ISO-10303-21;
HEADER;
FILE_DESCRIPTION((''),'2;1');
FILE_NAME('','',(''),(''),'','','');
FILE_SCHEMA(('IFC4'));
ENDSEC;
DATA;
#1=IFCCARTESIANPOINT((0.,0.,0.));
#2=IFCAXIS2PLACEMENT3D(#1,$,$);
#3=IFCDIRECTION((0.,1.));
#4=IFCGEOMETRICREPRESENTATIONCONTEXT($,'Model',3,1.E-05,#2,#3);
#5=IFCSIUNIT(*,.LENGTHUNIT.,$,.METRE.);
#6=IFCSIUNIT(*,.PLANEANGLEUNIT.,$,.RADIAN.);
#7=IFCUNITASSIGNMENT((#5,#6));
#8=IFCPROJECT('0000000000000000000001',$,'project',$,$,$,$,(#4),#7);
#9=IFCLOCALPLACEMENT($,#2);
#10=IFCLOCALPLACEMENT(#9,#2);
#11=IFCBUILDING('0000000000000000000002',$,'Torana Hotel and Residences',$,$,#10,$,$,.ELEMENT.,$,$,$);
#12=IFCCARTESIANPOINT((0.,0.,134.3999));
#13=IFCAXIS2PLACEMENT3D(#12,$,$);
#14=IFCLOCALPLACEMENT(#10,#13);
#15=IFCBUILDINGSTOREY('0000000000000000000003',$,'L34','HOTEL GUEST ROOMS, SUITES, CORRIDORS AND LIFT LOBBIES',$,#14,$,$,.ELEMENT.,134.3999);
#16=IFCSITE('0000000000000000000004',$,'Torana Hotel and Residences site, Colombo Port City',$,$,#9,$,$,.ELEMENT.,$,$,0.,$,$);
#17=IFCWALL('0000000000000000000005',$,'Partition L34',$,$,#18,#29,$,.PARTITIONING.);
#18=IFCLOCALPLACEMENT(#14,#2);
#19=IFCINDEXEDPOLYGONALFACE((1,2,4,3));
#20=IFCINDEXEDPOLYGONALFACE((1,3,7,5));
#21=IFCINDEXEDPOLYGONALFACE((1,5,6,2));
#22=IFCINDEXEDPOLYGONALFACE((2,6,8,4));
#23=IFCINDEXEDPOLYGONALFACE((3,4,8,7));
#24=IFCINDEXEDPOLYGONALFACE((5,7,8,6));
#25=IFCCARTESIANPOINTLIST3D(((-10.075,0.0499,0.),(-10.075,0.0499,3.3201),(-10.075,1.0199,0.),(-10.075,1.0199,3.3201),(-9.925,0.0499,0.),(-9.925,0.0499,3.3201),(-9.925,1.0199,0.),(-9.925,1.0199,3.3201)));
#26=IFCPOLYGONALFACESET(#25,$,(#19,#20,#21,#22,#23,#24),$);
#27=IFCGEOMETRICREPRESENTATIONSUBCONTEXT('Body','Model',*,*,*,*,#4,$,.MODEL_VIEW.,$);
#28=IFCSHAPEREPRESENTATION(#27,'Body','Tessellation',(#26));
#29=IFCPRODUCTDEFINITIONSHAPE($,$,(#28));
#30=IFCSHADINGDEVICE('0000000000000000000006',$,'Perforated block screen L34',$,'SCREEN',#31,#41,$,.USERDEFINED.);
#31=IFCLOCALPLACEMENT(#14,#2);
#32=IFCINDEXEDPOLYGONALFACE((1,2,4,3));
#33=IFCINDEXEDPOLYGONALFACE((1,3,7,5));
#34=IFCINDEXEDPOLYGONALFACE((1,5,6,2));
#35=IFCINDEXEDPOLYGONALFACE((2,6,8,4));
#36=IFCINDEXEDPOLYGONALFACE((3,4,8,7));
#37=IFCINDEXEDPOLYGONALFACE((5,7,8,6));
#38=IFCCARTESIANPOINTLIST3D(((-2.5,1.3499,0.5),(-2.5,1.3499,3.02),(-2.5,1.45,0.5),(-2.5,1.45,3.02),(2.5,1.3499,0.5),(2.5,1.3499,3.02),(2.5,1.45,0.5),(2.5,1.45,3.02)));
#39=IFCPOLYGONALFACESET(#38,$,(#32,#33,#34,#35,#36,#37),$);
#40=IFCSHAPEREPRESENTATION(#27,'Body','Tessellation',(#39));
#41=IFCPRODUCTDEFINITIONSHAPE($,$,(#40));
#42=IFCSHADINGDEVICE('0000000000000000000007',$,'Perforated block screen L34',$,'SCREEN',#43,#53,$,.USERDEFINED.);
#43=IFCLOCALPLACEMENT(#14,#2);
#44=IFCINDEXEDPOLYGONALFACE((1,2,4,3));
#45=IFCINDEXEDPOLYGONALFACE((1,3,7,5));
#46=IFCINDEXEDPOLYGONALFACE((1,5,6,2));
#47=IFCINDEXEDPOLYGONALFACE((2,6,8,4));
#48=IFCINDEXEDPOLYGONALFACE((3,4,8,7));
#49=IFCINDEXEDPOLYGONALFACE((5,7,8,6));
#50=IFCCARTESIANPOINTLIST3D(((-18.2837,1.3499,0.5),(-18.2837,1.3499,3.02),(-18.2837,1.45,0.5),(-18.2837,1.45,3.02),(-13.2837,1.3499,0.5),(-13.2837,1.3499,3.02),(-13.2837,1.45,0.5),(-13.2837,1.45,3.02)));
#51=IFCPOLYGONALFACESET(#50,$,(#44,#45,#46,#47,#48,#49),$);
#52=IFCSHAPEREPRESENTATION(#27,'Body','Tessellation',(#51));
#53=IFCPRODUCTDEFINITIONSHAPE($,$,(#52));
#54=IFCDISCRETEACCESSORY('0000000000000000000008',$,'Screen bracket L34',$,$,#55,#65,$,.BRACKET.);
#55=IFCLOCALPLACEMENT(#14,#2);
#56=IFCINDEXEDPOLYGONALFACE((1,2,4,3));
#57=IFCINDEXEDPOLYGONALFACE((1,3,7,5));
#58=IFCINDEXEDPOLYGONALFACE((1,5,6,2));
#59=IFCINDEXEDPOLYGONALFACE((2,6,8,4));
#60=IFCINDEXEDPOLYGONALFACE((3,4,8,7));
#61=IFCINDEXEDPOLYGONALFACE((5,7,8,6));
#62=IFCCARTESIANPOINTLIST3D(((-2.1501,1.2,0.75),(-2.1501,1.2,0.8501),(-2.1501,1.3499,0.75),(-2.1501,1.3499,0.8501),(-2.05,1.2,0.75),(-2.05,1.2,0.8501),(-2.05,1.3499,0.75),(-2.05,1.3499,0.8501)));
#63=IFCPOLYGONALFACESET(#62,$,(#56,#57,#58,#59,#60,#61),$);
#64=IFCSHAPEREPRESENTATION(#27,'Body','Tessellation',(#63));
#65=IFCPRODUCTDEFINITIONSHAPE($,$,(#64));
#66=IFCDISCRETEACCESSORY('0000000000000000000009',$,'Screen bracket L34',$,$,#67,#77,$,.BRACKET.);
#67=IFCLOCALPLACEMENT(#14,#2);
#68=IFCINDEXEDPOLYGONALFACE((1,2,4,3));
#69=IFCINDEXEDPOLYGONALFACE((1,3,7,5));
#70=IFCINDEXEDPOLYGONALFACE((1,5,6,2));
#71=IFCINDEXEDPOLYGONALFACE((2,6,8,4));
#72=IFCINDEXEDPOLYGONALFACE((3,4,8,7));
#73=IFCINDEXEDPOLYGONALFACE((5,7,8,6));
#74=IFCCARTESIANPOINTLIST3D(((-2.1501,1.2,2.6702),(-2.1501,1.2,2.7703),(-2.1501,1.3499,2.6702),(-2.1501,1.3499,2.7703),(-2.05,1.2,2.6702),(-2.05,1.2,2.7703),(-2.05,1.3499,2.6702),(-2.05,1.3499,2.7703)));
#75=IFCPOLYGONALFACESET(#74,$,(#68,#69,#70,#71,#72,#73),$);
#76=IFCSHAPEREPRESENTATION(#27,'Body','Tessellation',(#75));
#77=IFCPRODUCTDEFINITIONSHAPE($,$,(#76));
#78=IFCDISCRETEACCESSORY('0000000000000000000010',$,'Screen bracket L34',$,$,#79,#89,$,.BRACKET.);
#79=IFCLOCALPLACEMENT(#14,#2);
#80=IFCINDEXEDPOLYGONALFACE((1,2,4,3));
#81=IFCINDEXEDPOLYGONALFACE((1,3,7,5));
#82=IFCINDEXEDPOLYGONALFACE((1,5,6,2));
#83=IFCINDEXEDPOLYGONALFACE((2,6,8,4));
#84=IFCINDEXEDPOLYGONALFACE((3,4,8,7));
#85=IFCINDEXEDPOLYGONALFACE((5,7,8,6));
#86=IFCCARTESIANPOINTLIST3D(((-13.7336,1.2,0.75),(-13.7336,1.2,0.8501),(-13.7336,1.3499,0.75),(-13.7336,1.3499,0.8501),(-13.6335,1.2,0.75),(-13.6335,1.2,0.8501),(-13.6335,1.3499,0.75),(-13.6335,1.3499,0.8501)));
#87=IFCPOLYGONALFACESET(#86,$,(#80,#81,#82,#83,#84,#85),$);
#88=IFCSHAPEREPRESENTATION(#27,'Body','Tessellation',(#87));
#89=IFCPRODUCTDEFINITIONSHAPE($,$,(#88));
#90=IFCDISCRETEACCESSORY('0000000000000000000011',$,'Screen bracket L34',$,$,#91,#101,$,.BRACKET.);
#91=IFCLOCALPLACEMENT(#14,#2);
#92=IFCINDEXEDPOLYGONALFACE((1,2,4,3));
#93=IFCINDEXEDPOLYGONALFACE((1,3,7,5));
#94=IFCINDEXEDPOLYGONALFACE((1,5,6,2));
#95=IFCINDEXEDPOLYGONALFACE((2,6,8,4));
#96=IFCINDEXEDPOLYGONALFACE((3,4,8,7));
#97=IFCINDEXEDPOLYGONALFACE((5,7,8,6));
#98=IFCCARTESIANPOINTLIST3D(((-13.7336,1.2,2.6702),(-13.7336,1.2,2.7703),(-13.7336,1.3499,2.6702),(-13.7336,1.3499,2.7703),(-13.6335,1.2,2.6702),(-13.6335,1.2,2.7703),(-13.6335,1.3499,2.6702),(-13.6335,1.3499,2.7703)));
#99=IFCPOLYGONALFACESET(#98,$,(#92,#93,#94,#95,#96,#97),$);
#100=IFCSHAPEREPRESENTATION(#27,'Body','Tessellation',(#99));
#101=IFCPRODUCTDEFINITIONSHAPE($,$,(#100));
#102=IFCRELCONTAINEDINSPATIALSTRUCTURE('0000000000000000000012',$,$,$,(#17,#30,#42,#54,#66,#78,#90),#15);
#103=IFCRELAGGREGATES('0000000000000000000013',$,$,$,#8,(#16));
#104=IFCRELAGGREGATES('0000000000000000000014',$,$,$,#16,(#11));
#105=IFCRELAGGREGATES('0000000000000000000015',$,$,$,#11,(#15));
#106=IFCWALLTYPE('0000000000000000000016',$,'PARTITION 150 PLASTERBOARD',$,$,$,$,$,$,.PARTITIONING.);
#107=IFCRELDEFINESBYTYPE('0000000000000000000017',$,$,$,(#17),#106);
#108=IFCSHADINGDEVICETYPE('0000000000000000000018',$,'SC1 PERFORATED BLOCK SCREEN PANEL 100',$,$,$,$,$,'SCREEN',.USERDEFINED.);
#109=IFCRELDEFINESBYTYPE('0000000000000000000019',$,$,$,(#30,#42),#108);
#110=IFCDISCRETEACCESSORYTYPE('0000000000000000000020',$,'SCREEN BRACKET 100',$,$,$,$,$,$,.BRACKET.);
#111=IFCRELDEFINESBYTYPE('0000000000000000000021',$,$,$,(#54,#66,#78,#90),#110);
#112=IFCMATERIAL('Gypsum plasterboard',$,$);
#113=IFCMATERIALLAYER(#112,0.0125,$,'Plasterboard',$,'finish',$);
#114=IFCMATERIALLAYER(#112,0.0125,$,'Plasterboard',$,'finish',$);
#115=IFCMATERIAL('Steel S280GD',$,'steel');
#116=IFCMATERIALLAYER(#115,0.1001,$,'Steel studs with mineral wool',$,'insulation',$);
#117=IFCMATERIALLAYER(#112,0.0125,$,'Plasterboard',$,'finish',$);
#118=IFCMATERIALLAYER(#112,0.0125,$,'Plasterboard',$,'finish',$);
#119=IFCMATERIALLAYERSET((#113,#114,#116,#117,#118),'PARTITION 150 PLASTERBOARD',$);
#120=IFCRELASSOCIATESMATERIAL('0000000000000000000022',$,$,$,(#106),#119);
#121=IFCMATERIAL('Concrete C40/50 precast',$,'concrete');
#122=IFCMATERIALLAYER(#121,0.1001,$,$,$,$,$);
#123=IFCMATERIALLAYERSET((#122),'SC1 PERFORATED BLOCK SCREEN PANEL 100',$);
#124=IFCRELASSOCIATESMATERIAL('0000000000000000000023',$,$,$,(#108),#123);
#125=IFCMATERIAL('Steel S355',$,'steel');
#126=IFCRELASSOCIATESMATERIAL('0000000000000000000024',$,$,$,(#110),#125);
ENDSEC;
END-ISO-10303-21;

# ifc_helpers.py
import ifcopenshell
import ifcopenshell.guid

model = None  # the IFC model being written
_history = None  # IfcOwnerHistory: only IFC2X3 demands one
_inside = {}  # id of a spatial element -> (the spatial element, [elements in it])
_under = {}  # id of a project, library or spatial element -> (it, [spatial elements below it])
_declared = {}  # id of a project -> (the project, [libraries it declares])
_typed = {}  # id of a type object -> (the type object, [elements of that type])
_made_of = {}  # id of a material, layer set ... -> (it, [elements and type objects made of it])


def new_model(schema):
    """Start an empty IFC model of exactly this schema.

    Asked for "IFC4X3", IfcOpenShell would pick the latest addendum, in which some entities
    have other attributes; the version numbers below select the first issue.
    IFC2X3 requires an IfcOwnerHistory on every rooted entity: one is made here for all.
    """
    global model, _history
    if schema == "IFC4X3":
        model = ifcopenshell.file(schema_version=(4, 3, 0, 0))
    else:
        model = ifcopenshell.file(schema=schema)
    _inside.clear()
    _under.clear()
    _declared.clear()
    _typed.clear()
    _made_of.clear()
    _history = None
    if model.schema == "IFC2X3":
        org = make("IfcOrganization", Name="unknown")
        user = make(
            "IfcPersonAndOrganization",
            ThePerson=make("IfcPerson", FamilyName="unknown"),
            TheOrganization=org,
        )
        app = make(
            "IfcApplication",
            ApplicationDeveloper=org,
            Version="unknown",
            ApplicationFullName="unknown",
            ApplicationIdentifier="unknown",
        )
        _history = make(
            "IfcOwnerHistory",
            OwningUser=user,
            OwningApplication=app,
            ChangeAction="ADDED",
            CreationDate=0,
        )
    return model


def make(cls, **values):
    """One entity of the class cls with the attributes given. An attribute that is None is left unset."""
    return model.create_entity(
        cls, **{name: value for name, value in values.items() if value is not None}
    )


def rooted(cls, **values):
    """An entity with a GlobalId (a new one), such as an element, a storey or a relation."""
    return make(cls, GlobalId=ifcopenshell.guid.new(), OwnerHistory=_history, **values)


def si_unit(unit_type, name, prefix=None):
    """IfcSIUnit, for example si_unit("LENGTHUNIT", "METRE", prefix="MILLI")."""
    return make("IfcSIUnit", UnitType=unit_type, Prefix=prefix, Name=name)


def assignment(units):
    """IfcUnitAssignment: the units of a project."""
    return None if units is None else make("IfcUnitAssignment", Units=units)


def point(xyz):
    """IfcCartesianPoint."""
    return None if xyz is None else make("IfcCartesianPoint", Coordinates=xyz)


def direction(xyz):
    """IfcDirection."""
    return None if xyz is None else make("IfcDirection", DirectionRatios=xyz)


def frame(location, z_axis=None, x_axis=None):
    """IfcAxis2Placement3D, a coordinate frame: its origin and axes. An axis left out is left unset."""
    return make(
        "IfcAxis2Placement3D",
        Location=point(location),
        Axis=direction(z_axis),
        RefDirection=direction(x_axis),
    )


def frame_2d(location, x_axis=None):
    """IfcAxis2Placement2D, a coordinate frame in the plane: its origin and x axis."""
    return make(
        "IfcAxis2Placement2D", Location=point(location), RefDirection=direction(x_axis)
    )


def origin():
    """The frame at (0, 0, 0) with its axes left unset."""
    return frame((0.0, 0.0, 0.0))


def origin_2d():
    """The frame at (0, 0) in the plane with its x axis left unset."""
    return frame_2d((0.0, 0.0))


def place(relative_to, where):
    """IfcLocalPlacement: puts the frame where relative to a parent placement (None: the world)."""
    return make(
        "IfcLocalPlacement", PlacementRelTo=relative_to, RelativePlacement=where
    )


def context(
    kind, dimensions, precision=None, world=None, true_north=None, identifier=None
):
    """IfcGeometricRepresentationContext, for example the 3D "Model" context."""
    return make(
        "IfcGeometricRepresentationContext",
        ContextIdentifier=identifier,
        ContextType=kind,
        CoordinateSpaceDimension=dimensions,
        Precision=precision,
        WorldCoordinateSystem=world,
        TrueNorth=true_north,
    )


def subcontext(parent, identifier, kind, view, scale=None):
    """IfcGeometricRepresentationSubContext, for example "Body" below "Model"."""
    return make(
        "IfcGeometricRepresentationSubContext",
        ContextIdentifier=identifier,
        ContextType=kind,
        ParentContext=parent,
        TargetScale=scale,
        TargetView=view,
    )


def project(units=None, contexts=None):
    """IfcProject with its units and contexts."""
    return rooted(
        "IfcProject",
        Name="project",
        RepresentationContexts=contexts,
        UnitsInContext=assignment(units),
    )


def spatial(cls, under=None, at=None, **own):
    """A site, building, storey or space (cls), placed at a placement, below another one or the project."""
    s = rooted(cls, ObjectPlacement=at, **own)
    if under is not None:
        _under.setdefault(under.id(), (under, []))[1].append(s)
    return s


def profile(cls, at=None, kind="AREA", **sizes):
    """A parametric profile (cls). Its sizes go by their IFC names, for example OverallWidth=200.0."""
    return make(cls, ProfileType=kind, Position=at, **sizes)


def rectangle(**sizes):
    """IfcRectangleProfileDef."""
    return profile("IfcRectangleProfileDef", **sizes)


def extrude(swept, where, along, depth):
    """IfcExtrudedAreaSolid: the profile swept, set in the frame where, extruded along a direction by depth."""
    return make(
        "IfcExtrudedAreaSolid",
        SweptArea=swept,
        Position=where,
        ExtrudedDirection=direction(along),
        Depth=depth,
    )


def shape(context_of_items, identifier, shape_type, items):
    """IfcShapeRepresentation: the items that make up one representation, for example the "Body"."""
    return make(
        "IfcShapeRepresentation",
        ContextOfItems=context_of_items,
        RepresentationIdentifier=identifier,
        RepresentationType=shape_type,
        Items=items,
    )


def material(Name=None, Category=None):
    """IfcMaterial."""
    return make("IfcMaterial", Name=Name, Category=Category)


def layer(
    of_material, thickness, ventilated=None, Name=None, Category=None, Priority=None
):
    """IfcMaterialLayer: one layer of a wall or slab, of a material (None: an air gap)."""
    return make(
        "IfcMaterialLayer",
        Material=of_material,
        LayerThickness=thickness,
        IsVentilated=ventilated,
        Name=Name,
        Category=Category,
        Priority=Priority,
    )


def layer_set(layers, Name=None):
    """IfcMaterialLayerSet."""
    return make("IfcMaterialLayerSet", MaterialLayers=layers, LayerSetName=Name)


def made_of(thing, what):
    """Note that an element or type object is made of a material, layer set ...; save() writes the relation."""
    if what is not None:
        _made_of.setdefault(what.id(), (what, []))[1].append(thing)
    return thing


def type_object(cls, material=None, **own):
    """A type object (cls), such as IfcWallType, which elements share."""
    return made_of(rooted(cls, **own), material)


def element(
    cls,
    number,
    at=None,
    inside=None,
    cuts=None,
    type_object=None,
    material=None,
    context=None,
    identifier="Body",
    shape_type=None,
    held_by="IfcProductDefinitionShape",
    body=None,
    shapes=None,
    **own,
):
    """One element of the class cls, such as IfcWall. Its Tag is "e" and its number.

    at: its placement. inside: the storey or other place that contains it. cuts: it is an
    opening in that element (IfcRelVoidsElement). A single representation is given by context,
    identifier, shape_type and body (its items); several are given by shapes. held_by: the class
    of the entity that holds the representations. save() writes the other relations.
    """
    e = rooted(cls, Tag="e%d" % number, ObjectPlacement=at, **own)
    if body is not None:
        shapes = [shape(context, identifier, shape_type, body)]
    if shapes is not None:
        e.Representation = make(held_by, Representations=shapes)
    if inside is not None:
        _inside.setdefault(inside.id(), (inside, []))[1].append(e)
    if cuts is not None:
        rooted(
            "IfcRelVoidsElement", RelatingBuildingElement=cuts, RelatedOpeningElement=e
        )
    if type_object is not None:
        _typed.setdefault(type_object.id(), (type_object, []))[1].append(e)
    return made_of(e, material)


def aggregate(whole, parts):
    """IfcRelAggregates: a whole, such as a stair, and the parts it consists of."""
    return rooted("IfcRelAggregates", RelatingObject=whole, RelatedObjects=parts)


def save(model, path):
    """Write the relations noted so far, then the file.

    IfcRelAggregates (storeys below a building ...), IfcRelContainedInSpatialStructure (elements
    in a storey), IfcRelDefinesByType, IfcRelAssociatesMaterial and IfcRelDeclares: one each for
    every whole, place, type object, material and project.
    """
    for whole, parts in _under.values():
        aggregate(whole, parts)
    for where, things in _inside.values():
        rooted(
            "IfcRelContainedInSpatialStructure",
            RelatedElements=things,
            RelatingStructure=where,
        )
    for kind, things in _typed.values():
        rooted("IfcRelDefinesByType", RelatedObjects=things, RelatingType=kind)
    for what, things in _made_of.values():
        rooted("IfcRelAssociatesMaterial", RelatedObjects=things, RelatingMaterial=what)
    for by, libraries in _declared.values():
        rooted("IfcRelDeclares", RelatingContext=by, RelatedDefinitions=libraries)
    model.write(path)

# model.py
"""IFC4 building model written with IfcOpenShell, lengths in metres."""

from ifc_helpers import new_model, si_unit, direction, frame, frame_2d, origin, origin_2d, place, context, subcontext, project, spatial, rectangle, extrude, material, layer, layer_set, type_object, element, save


model = new_model("IFC4")

# Units and contexts
model_context = context("Model", 3, precision=1e-05, world=origin(), true_north=direction((0.0, 1.0)))
body_context = subcontext(model_context, "Body", "Model", "MODEL_VIEW")
ifc_project = project(units=[si_unit("LENGTHUNIT", "METRE"), si_unit("PLANEANGLEUNIT", "RADIAN")], contexts=[model_context])

# Site, building, storey
site_placement = place(None, origin())
site = spatial("IfcSite", under=ifc_project, at=site_placement, Name="Torana Hotel and Residences site, Colombo Port City", CompositionType="ELEMENT", RefElevation=0.0)
building_placement = place(site_placement, origin())
building = spatial("IfcBuilding", under=site, at=building_placement, Name="Torana Hotel and Residences", CompositionType="ELEMENT")
storey_placement = place(building_placement, frame((0.0, 0.0, 134.3999)))
storey = spatial("IfcBuildingStorey", under=building, at=storey_placement, Name="L34", Description="HOTEL GUEST ROOMS, SUITES, CORRIDORS AND LIFT LOBBIES", CompositionType="ELEMENT", Elevation=134.3999)

# Wall
ifc_material_1 = material(Name="Gypsum plasterboard")
ifc_layer_1 = layer(ifc_material_1, 0.0125, Name="Plasterboard", Category="finish")
ifc_layer_2 = layer(ifc_material_1, 0.0125, Name="Plasterboard", Category="finish")
ifc_material_2 = material(Name="Steel S280GD", Category="steel")
ifc_layer_3 = layer(ifc_material_2, 0.1001, Name="Steel studs with mineral wool", Category="insulation")
ifc_layer_4 = layer(ifc_material_1, 0.0125, Name="Plasterboard", Category="finish")
ifc_layer_5 = layer(ifc_material_1, 0.0125, Name="Plasterboard", Category="finish")
ifc_layer_set_1 = layer_set([ifc_layer_1, ifc_layer_2, ifc_layer_3, ifc_layer_4, ifc_layer_5], Name="PARTITION 150 PLASTERBOARD")
wall_type_1 = type_object("IfcWallType", Name="PARTITION 150 PLASTERBOARD", PredefinedType="PARTITIONING", material=ifc_layer_set_1)
wall_1_placement = place(storey_placement, frame((-10.0, 0.05, 0.0), z_axis=(0.0, 0.0, 1.0), x_axis=(0.0, 1.0, 0.0)))
element("IfcWall", 1, at=wall_1_placement, inside=storey, type_object=wall_type_1, Name="Partition L34", PredefinedType="PARTITIONING", context=body_context, shape_type="SweptSolid", body=[
    extrude(rectangle(XDim=0.97, YDim=0.1499, at=frame_2d((0.4849, 0.0))), origin(), (0.0, 0.0, 1.0), 3.3201),
])

# Shading devices
ifc_material_3 = material(Name="Concrete C40/50 precast", Category="concrete")
ifc_layer_6 = layer(ifc_material_3, 0.1001)
ifc_layer_set_2 = layer_set([ifc_layer_6], Name="SC1 PERFORATED BLOCK SCREEN PANEL 100")
shading_device_type = type_object("IfcShadingDeviceType", Name="SC1 PERFORATED BLOCK SCREEN PANEL 100", ElementType="SCREEN", PredefinedType="USERDEFINED", material=ifc_layer_set_2)
for number, where, z_axis, x_axis, name in (
    (2, (0.0, 1.3999, 0.5), (0.0, 0.0, 1.0), (-1.0, 0.0, 0.0), "Perforated block screen L34"),
    (3, (-15.7837, 1.3999, 0.5), (0.0, 0.0, 1.0), (-1.0, 0.0, 0.0), "Perforated block screen L34"),
):
    element("IfcShadingDevice", number, at=place(storey_placement, frame(where, z_axis=z_axis, x_axis=x_axis)), inside=storey, type_object=shading_device_type, Name=name, ObjectType="SCREEN", PredefinedType="USERDEFINED", context=body_context, shape_type="SweptSolid", body=[
        extrude(rectangle(XDim=5.0, YDim=0.1001, at=origin_2d()), origin(), (0.0, 0.0, 1.0), 2.52),
    ])

# Discrete accessories
ifc_material_4 = material(Name="Steel S355", Category="steel")
discrete_accessory_type = type_object("IfcDiscreteAccessoryType", Name="SCREEN BRACKET 100", PredefinedType="BRACKET", material=ifc_material_4)
for number, where, z_axis, x_axis, name in (
    (4, (-2.1001, 1.2749, 0.75), (0.0, 0.0, 1.0), (-1.0, 0.0, 0.0), "Screen bracket L34"),
    (5, (-2.1001, 1.2749, 2.6702), (0.0, 0.0, 1.0), (-1.0, 0.0, 0.0), "Screen bracket L34"),
    (6, (-13.6836, 1.2749, 0.75), (0.0, 0.0, 1.0), (-1.0, 0.0, 0.0), "Screen bracket L34"),
    (7, (-13.6836, 1.2749, 2.6702), (0.0, 0.0, 1.0), (-1.0, 0.0, 0.0), "Screen bracket L34"),
):
    element("IfcDiscreteAccessory", number, at=place(storey_placement, frame(where, z_axis=z_axis, x_axis=x_axis)), inside=storey, type_object=discrete_accessory_type, Name=name, PredefinedType="BRACKET", context=body_context, shape_type="SweptSolid", body=[
        extrude(rectangle(XDim=0.1001, YDim=0.1499, at=origin_2d()), origin(), (0.0, 0.0, 1.0), 0.1001),
    ])

save(model, "model.ifc")
